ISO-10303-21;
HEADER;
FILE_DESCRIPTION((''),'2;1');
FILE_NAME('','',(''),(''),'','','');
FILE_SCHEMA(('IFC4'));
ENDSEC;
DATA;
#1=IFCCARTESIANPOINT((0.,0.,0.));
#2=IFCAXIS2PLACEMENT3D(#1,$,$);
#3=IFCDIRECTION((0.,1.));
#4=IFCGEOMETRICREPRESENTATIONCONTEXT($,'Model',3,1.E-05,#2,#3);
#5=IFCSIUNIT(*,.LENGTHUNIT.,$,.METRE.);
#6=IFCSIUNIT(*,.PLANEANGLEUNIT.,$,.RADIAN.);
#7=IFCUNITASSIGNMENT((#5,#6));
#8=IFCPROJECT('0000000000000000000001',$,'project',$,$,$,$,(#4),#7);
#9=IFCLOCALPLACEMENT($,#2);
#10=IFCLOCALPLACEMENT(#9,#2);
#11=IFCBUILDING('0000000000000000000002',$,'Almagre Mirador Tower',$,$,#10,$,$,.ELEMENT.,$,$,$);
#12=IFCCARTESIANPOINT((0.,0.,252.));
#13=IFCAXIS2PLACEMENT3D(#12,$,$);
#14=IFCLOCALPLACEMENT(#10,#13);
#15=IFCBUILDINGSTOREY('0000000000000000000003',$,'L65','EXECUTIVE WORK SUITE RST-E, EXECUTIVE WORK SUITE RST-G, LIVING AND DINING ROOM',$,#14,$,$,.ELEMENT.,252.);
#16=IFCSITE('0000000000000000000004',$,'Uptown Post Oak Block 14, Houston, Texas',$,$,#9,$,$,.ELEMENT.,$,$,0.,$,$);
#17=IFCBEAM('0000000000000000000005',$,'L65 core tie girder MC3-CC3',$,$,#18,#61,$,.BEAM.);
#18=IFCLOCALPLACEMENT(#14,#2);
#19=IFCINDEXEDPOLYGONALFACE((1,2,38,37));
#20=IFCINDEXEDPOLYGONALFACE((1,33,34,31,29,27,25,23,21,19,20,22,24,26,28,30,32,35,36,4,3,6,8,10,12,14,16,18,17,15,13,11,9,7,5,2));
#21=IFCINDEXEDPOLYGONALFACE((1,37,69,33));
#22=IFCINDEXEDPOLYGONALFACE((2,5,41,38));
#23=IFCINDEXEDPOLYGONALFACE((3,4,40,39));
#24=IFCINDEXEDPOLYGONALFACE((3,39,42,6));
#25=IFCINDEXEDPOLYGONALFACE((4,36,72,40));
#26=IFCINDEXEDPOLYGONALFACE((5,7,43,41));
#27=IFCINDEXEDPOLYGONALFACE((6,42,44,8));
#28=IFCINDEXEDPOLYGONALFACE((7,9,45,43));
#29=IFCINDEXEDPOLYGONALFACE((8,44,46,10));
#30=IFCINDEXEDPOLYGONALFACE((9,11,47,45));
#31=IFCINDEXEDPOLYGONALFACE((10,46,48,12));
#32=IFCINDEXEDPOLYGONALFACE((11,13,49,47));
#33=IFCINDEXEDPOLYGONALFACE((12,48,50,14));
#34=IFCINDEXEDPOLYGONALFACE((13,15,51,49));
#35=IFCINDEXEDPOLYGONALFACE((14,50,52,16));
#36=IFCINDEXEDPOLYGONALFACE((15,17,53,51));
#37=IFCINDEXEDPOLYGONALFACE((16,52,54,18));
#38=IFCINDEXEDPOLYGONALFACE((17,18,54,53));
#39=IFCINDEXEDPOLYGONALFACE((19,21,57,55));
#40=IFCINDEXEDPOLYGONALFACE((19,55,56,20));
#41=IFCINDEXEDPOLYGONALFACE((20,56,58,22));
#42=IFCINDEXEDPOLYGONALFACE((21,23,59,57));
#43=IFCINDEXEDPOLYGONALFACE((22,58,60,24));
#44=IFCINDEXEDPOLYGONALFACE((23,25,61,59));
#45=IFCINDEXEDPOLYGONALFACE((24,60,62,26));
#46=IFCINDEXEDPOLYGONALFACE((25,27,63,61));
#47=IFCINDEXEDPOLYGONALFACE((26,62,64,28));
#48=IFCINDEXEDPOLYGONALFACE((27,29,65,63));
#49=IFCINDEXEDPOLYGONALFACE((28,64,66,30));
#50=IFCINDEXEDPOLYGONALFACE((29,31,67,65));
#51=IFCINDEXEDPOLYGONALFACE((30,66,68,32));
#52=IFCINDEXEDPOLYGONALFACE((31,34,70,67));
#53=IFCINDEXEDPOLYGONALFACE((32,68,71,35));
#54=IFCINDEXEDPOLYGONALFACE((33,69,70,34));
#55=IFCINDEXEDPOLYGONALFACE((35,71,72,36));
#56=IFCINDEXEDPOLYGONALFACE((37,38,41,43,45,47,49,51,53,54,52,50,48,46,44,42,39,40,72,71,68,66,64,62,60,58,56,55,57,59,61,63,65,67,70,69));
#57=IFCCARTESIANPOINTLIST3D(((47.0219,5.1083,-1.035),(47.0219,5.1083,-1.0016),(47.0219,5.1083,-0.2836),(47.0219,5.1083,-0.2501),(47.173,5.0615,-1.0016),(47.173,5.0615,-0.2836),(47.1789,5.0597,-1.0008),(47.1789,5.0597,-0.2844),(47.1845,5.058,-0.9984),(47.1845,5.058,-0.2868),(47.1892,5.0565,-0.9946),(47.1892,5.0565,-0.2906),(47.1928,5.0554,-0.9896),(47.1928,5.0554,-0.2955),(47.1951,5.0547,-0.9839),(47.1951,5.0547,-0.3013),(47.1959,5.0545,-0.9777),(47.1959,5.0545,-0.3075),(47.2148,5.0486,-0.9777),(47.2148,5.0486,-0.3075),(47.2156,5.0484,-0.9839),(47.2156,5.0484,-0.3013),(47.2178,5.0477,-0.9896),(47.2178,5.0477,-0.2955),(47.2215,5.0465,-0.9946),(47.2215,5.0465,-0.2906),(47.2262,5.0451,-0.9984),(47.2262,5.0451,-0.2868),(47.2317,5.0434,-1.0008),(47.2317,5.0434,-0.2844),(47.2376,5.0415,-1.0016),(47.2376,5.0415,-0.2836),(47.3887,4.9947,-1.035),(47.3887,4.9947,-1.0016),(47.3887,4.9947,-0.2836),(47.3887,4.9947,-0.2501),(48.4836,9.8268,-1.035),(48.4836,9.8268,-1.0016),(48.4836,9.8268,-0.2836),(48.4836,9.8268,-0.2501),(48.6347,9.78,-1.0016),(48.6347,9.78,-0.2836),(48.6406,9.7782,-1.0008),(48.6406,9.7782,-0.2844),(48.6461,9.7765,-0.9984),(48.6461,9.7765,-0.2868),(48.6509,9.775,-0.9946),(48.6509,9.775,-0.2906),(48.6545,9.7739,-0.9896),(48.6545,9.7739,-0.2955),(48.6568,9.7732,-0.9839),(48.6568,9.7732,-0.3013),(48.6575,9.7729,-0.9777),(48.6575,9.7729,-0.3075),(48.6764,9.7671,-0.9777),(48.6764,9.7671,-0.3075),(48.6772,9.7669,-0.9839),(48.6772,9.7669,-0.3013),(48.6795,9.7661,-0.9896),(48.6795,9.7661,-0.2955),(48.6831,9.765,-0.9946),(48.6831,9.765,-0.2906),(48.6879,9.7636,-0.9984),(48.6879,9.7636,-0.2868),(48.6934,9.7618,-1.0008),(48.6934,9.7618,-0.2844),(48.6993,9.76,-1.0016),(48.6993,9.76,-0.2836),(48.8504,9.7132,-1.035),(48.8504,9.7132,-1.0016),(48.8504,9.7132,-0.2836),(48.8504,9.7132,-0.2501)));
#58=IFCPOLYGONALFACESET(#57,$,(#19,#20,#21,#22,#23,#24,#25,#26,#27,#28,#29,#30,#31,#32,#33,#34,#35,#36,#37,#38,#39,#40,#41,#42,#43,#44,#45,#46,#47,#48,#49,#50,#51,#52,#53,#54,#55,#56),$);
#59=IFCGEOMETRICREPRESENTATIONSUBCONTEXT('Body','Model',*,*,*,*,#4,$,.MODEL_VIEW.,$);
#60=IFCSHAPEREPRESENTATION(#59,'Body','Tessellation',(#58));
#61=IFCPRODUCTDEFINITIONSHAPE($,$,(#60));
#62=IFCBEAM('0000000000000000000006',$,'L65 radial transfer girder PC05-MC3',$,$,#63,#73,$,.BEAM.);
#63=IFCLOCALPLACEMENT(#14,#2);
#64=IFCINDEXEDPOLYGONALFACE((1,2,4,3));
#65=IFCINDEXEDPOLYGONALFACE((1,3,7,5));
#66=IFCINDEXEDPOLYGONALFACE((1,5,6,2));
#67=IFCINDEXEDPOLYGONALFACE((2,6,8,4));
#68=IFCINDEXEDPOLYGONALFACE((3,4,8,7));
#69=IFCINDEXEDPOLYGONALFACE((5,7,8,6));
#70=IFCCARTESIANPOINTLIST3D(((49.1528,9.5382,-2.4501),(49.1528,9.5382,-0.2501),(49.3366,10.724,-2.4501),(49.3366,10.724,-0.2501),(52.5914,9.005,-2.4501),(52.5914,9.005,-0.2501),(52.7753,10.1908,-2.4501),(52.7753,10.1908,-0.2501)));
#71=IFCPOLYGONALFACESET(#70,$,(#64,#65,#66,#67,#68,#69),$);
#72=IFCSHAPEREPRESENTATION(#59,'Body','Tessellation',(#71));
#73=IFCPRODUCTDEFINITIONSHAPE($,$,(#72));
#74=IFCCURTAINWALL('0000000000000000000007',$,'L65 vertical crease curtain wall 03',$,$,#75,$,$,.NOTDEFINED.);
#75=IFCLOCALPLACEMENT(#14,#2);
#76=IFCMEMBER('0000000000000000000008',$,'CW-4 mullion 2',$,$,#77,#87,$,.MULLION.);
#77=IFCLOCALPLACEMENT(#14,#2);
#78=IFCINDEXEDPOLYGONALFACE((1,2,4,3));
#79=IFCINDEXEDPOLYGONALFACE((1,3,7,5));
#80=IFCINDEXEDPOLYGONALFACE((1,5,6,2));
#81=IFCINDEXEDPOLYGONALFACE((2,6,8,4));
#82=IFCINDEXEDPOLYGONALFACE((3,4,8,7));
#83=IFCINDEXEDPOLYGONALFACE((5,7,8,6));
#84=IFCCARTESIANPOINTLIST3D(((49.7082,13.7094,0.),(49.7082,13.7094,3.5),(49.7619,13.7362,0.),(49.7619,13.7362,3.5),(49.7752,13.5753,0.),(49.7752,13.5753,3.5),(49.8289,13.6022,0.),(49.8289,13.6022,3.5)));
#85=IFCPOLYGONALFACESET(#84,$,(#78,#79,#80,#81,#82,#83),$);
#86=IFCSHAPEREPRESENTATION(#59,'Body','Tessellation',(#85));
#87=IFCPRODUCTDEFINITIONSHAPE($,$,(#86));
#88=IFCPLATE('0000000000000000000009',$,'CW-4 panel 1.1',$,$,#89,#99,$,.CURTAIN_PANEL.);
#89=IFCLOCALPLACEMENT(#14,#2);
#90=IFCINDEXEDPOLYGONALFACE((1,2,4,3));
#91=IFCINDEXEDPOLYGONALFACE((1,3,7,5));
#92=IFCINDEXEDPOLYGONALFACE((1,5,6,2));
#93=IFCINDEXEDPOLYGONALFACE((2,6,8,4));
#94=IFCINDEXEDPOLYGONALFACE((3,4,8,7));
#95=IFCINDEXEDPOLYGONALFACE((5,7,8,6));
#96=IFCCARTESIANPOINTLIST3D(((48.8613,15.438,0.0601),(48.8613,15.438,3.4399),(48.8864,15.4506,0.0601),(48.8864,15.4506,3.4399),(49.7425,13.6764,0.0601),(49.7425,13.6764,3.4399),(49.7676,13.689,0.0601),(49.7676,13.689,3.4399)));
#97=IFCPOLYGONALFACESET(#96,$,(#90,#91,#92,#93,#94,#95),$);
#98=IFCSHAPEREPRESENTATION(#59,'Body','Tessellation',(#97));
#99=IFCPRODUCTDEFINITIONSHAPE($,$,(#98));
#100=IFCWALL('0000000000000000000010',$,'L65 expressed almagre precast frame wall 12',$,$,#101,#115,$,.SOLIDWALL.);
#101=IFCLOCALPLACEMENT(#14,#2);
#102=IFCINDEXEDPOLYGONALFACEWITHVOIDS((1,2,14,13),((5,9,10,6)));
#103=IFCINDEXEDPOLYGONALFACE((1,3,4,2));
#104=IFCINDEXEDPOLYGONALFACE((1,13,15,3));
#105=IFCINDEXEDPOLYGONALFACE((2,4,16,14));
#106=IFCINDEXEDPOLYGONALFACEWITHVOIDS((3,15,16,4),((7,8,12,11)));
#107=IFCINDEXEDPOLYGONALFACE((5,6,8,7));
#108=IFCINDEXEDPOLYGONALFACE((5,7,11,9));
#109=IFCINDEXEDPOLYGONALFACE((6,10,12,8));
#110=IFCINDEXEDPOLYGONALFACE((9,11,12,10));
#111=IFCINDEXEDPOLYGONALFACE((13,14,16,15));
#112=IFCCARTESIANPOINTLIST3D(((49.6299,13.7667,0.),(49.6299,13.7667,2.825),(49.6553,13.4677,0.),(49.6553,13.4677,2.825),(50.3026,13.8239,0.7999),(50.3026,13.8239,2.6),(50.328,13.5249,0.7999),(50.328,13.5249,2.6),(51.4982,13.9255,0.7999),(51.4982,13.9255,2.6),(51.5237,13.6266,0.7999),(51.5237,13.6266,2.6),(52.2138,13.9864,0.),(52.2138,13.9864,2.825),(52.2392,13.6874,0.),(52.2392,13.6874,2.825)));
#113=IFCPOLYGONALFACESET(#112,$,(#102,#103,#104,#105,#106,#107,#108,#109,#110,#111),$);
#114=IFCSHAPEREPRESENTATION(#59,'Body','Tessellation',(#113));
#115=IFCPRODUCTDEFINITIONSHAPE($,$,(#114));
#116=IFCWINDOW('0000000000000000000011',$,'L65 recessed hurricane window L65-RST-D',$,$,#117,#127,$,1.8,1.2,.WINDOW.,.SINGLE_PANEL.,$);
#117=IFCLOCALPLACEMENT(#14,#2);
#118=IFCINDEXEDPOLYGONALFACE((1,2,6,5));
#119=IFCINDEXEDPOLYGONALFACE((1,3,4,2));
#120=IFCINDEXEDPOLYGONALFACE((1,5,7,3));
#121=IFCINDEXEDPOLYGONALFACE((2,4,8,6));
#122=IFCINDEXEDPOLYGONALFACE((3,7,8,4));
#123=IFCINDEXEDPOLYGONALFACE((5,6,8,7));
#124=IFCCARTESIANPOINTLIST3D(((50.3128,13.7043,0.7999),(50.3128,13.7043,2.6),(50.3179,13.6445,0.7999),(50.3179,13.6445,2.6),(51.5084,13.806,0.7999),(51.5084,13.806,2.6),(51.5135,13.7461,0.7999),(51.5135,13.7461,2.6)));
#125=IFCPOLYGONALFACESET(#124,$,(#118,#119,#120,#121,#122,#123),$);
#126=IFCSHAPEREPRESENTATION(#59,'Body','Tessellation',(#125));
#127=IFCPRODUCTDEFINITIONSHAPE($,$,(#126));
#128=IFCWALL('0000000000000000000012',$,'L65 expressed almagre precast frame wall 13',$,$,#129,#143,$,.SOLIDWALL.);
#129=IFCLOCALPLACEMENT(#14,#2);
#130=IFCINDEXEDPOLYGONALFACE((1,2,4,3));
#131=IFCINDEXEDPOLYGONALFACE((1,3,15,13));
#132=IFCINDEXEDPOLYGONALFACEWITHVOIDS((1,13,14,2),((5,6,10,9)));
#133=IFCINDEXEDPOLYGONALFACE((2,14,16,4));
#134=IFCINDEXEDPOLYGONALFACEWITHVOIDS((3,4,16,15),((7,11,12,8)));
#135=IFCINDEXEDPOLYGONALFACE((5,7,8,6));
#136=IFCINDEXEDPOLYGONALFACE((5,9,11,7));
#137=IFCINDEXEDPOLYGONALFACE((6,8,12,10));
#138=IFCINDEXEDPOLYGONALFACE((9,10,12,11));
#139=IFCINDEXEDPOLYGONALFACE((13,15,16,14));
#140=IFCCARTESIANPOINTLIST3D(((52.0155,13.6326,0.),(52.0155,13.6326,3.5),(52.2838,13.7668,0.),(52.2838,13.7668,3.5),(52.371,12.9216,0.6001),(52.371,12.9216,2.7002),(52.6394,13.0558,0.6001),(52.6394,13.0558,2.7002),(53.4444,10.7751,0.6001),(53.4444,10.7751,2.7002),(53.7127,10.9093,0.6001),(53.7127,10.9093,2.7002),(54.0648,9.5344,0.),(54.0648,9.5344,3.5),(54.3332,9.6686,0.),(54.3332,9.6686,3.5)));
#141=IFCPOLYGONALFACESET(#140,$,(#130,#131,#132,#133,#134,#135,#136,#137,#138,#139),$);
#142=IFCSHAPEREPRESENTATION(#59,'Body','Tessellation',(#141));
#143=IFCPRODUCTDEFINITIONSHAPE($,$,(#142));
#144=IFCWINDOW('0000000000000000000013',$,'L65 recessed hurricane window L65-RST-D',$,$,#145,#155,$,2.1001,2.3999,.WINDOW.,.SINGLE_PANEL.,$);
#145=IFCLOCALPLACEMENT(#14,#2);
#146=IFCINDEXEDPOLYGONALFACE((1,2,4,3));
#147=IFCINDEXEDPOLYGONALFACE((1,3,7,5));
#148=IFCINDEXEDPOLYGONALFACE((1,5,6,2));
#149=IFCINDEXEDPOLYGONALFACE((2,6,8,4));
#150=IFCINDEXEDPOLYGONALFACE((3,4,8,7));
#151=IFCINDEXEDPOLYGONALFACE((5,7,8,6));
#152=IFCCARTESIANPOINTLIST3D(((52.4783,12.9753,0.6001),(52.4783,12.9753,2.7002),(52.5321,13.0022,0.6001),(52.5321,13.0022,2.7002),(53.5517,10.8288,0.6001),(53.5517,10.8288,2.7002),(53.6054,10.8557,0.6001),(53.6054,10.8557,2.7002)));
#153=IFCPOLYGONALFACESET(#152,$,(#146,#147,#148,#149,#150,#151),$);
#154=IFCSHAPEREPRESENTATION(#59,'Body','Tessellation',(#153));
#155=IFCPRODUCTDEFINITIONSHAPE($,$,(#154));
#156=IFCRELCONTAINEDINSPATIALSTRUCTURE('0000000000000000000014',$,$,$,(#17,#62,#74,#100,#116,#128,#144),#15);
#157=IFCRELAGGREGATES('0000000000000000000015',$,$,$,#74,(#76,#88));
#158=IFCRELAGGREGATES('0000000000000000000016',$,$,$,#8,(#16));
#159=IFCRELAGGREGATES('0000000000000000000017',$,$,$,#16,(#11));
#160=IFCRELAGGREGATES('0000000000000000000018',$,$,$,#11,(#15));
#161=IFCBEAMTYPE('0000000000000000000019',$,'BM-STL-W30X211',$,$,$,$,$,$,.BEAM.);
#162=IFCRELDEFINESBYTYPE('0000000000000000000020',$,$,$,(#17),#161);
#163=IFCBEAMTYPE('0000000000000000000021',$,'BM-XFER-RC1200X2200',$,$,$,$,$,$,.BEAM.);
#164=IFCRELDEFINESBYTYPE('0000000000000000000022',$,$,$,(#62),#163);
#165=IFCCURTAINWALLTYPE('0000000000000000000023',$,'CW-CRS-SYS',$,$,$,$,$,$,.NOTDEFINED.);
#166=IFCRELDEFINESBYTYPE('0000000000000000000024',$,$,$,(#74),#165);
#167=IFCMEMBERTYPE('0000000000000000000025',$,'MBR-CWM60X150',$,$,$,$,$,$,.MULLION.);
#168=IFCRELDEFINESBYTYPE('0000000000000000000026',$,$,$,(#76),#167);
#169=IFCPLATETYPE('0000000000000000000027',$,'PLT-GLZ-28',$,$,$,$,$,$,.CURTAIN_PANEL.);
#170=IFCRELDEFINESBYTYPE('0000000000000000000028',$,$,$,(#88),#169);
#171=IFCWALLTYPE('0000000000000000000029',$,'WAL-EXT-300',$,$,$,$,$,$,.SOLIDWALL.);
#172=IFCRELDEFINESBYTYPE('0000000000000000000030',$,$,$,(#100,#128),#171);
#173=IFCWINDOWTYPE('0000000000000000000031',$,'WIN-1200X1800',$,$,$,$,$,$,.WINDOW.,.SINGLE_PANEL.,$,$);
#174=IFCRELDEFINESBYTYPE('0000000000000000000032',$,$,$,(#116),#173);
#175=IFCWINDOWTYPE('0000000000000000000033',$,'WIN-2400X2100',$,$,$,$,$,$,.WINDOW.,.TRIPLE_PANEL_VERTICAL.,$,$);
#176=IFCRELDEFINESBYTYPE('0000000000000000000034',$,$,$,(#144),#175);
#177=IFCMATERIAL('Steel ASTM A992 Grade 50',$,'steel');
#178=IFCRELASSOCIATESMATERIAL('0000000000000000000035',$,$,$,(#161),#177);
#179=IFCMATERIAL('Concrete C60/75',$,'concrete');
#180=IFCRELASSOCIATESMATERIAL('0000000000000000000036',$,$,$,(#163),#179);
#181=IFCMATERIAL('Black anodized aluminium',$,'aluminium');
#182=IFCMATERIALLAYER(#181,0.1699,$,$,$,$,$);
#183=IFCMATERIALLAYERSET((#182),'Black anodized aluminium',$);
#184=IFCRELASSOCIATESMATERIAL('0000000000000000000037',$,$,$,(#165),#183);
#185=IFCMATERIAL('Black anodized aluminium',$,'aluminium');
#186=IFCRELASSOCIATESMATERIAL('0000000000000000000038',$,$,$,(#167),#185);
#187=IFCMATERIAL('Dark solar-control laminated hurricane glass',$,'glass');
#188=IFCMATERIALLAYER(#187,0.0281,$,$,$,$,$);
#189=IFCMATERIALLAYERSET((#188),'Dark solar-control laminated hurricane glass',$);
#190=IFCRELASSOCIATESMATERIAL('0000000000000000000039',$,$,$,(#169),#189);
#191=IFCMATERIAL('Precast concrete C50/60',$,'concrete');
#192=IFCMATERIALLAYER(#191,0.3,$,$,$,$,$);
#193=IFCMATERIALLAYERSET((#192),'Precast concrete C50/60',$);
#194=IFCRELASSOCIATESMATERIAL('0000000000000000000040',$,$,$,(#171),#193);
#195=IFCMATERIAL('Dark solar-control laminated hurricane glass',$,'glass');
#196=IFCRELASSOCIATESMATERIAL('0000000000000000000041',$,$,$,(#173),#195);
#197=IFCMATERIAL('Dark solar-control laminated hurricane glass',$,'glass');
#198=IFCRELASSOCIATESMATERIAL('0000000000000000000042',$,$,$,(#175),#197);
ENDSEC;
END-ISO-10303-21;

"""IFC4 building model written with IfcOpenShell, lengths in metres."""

from ifc_helpers import new_model, si_unit, direction, frame, frame_2d, origin, origin_2d, place, context, subcontext, project, spatial, rectangle, i_section, extrude, material, layer, layer_set, material_profile, profile_set, type_object, element, fill, aggregate, save


model = new_model("IFC4")

# Units and contexts
model_context = context("Model", 3, precision=1e-05, world=origin(), true_north=direction((0.0, 1.0)))
body_context = subcontext(model_context, "Body", "Model", "MODEL_VIEW")
ifc_project = project(units=[si_unit("LENGTHUNIT", "METRE"), si_unit("PLANEANGLEUNIT", "RADIAN")], contexts=[model_context])

# Site, building, storey
site_placement = place(None, origin())
site = spatial("IfcSite", under=ifc_project, at=site_placement, Name="Uptown Post Oak Block 14, Houston, Texas", CompositionType="ELEMENT", RefElevation=0.0)
building_placement = place(site_placement, origin())
building = spatial("IfcBuilding", under=site, at=building_placement, Name="Almagre Mirador Tower", CompositionType="ELEMENT")
storey_placement = place(building_placement, frame((0.0, 0.0, 252.0)))
storey = spatial("IfcBuildingStorey", under=building, at=storey_placement, Name="L65", Description="EXECUTIVE WORK SUITE RST-E, EXECUTIVE WORK SUITE RST-G, LIVING AND DINING ROOM", CompositionType="ELEMENT", Elevation=252.0)

# Beams
ifc_material_1 = material(Name="Steel ASTM A992 Grade 50", Category="steel")
ifc_material_profile_1 = material_profile(ifc_material_1, i_section(OverallWidth=0.384, OverallDepth=0.7849, WebThickness=0.0198, FlangeThickness=0.0334, FilletRadius=0.0239, at=origin_2d()), Name="W30X211")
ifc_profile_set_1 = profile_set([ifc_material_profile_1], Name="Steel ASTM A992 Grade 50")
beam_type_1 = type_object("IfcBeamType", Name="BM-STL-W30X211", PredefinedType="BEAM", material=ifc_profile_set_1)
beam_1_placement = place(storey_placement, frame((48.667, 9.77, -0.6426), z_axis=(-0.295902, -0.955218, 0.0), x_axis=(0.955218, -0.295902, 0.0)))
element("IfcBeam", 1, at=beam_1_placement, inside=storey, type_object=beam_type_1, Name="L65 core tie girder MC3-CC3", PredefinedType="BEAM", context=body_context, shape_type="SweptSolid", body=[
    extrude(i_section(OverallWidth=0.384, OverallDepth=0.7849, WebThickness=0.0198, FlangeThickness=0.0334, FilletRadius=0.0239, at=origin_2d()), origin(), (0.0, 0.0, 1.0), 4.9397),
])
ifc_material_2 = material(Name="Concrete C60/75", Category="concrete")
ifc_material_profile_2 = material_profile(ifc_material_2, rectangle(XDim=1.2, YDim=2.2, at=origin_2d()), Name="RC1200X2200")
ifc_profile_set_2 = profile_set([ifc_material_profile_2], Name="Concrete C60/75")
beam_type_2 = type_object("IfcBeamType", Name="BM-XFER-RC1200X2200", PredefinedType="BEAM", material=ifc_profile_set_2)
beam_2_placement = place(storey_placement, frame((52.6833, 9.5979, -1.3501), z_axis=(-0.988191, 0.153227, 0.0), x_axis=(-0.153227, -0.988191, 0.0)))
element("IfcBeam", 2, at=beam_2_placement, inside=storey, type_object=beam_type_2, Name="L65 radial transfer girder PC05-MC3", PredefinedType="BEAM", context=body_context, shape_type="SweptSolid", body=[
    extrude(rectangle(XDim=1.2, YDim=2.2, at=origin_2d()), origin(), (0.0, 0.0, 1.0), 3.4797),
])

# Curtain wall, member, plate
ifc_material_3 = material(Name="Black anodized aluminium", Category="aluminium")
ifc_layer_1 = layer(ifc_material_3, 0.1699)
ifc_layer_set_1 = layer_set([ifc_layer_1], Name="Black anodized aluminium")
curtain_wall_type = type_object("IfcCurtainWallType", Name="CW-CRS-SYS", PredefinedType="NOTDEFINED", material=ifc_layer_set_1)
curtain_wall_placement = place(storey_placement, origin())
curtain_wall = element("IfcCurtainWall", 3, at=curtain_wall_placement, inside=storey, type_object=curtain_wall_type, Name="L65 vertical crease curtain wall 03", PredefinedType="NOTDEFINED")
ifc_material_4 = material(Name="Black anodized aluminium", Category="aluminium")
ifc_material_profile_3 = material_profile(ifc_material_4, rectangle(XDim=0.0601, YDim=0.1499, at=origin_2d()), Name="CWM60X150")
ifc_profile_set_3 = profile_set([ifc_material_profile_3], Name="Black anodized aluminium")
member_type = type_object("IfcMemberType", Name="MBR-CWM60X150", PredefinedType="MULLION", material=ifc_profile_set_3)
member_placement = place(storey_placement, frame((49.7686, 13.6558, 0.0), z_axis=(0.0, 0.0, 1.0), x_axis=(0.894331, 0.447405, 0.0)))
member = element("IfcMember", 4, at=member_placement, type_object=member_type, Name="CW-4 mullion 2", PredefinedType="MULLION", context=body_context, shape_type="SweptSolid", body=[
    extrude(rectangle(XDim=0.0601, YDim=0.1499, at=origin_2d()), origin(), (0.0, 0.0, 1.0), 3.5),
])
ifc_material_5 = material(Name="Dark solar-control laminated hurricane glass", Category="glass")
ifc_layer_2 = layer(ifc_material_5, 0.0281)
ifc_layer_set_2 = layer_set([ifc_layer_2], Name="Dark solar-control laminated hurricane glass")
plate_type = type_object("IfcPlateType", Name="PLT-GLZ-28", PredefinedType="CURTAIN_PANEL", material=ifc_layer_set_2)
plate_placement = place(storey_placement, frame((49.3145, 14.5635, 0.0601), z_axis=(0.0, 0.0, 1.0), x_axis=(0.447405, -0.894331, 0.0)))
plate = element("IfcPlate", 5, at=plate_placement, type_object=plate_type, Name="CW-4 panel 1.1", PredefinedType="CURTAIN_PANEL", context=body_context, shape_type="SweptSolid", body=[
    extrude(rectangle(XDim=1.9697, YDim=0.0281, at=origin_2d()), origin(), (0.0, 0.0, 1.0), 3.3799),
])
aggregate(curtain_wall, [member, plate])

# Walls, openings, windows
ifc_material_6 = material(Name="Precast concrete C50/60", Category="concrete")
ifc_layer_3 = layer(ifc_material_6, 0.3)
ifc_layer_set_3 = layer_set([ifc_layer_3], Name="Precast concrete C50/60")
wall_type_1 = type_object("IfcWallType", Name="WAL-EXT-300", PredefinedType="SOLIDWALL", material=ifc_layer_set_3)
wall_1_placement = place(storey_placement, frame((49.6426, 13.6172, 0.0), z_axis=(0.0, 0.0, 1.0), x_axis=(0.996404, 0.084728, 0.0)))
wall_1 = element("IfcWall", 6, at=wall_1_placement, inside=storey, type_object=wall_type_1, Name="L65 expressed almagre precast frame wall 12", PredefinedType="SOLIDWALL", context=body_context, shape_type="SweptSolid", body=[
    extrude(rectangle(XDim=2.5933, YDim=0.3, at=frame_2d((1.2966, 0.0))), origin(), (0.0, 0.0, 1.0), 2.825),
])
opening_1_placement = place(wall_1_placement, frame((0.675, 0.0, 0.8)))
opening_1 = element("IfcOpeningElement", 7, at=opening_1_placement, cuts=wall_1, PredefinedType="OPENING", context=body_context, shape_type="SweptSolid", body=[
    extrude(rectangle(XDim=1.2, YDim=1.8, at=frame_2d((0.6001, 0.8999))), frame((0.0, 0.1599, 0.0), z_axis=(0.0, -1.0, 0.0), x_axis=(1.0, 0.0, 0.0)), (0.0, 0.0, 1.0), 0.32),
])
ifc_material_7 = material(Name="Dark solar-control laminated hurricane glass", Category="glass")
window_type_1 = type_object("IfcWindowType", Name="WIN-1200X1800", PartitioningType="SINGLE_PANEL", PredefinedType="WINDOW", material=ifc_material_7)
window_1_placement = place(opening_1_placement, origin())
window_1 = element("IfcWindow", 8, at=window_1_placement, inside=storey, type_object=window_type_1, Name="L65 recessed hurricane window L65-RST-D", OverallHeight=1.8, OverallWidth=1.2, PartitioningType="SINGLE_PANEL", PredefinedType="WINDOW", context=body_context, shape_type="SweptSolid", body=[
    extrude(rectangle(XDim=1.2, YDim=1.8, at=frame_2d((0.6001, 0.8999))), frame((0.0, 0.03, 0.0), z_axis=(0.0, -1.0, 0.0), x_axis=(1.0, 0.0, 0.0)), (0.0, 0.0, 1.0), 0.0601),
])
fill(opening_1, window_1)
wall_2_placement = place(storey_placement, frame((52.1497, 13.6997, 0.0), z_axis=(0.0, 0.0, 1.0), x_axis=(0.447256, -0.894406, 0.0)))
wall_2 = element("IfcWall", 9, at=wall_2_placement, inside=storey, type_object=wall_type_1, Name="L65 expressed almagre precast frame wall 13", PredefinedType="SOLIDWALL", context=body_context, shape_type="SweptSolid", body=[
    extrude(rectangle(XDim=4.582, YDim=0.3, at=frame_2d((2.291, 0.0))), origin(), (0.0, 0.0, 1.0), 3.5),
])
opening_2_placement = place(wall_2_placement, frame((0.7949, 0.0, 0.6001)))
opening_2 = element("IfcOpeningElement", 10, at=opening_2_placement, cuts=wall_2, PredefinedType="OPENING", context=body_context, shape_type="SweptSolid", body=[
    extrude(rectangle(XDim=2.3999, YDim=2.1001, at=frame_2d((1.2, 1.05))), frame((0.0, 0.1599, 0.0), z_axis=(0.0, -1.0, 0.0), x_axis=(1.0, 0.0, 0.0)), (0.0, 0.0, 1.0), 0.32),
])
ifc_material_8 = material(Name="Dark solar-control laminated hurricane glass", Category="glass")
window_type_2 = type_object("IfcWindowType", Name="WIN-2400X2100", PartitioningType="TRIPLE_PANEL_VERTICAL", PredefinedType="WINDOW", material=ifc_material_8)
window_2_placement = place(opening_2_placement, origin())
window_2 = element("IfcWindow", 11, at=window_2_placement, inside=storey, type_object=window_type_2, Name="L65 recessed hurricane window L65-RST-D", OverallHeight=2.1001, OverallWidth=2.3999, PartitioningType="SINGLE_PANEL", PredefinedType="WINDOW", context=body_context, shape_type="SweptSolid", body=[
    extrude(rectangle(XDim=2.3999, YDim=2.1001, at=frame_2d((1.2, 1.05))), frame((0.0, 0.03, 0.0), z_axis=(0.0, -1.0, 0.0), x_axis=(1.0, 0.0, 0.0)), (0.0, 0.0, 1.0), 0.0601),
])
fill(opening_2, window_2)

save(model, "model.ifc")
